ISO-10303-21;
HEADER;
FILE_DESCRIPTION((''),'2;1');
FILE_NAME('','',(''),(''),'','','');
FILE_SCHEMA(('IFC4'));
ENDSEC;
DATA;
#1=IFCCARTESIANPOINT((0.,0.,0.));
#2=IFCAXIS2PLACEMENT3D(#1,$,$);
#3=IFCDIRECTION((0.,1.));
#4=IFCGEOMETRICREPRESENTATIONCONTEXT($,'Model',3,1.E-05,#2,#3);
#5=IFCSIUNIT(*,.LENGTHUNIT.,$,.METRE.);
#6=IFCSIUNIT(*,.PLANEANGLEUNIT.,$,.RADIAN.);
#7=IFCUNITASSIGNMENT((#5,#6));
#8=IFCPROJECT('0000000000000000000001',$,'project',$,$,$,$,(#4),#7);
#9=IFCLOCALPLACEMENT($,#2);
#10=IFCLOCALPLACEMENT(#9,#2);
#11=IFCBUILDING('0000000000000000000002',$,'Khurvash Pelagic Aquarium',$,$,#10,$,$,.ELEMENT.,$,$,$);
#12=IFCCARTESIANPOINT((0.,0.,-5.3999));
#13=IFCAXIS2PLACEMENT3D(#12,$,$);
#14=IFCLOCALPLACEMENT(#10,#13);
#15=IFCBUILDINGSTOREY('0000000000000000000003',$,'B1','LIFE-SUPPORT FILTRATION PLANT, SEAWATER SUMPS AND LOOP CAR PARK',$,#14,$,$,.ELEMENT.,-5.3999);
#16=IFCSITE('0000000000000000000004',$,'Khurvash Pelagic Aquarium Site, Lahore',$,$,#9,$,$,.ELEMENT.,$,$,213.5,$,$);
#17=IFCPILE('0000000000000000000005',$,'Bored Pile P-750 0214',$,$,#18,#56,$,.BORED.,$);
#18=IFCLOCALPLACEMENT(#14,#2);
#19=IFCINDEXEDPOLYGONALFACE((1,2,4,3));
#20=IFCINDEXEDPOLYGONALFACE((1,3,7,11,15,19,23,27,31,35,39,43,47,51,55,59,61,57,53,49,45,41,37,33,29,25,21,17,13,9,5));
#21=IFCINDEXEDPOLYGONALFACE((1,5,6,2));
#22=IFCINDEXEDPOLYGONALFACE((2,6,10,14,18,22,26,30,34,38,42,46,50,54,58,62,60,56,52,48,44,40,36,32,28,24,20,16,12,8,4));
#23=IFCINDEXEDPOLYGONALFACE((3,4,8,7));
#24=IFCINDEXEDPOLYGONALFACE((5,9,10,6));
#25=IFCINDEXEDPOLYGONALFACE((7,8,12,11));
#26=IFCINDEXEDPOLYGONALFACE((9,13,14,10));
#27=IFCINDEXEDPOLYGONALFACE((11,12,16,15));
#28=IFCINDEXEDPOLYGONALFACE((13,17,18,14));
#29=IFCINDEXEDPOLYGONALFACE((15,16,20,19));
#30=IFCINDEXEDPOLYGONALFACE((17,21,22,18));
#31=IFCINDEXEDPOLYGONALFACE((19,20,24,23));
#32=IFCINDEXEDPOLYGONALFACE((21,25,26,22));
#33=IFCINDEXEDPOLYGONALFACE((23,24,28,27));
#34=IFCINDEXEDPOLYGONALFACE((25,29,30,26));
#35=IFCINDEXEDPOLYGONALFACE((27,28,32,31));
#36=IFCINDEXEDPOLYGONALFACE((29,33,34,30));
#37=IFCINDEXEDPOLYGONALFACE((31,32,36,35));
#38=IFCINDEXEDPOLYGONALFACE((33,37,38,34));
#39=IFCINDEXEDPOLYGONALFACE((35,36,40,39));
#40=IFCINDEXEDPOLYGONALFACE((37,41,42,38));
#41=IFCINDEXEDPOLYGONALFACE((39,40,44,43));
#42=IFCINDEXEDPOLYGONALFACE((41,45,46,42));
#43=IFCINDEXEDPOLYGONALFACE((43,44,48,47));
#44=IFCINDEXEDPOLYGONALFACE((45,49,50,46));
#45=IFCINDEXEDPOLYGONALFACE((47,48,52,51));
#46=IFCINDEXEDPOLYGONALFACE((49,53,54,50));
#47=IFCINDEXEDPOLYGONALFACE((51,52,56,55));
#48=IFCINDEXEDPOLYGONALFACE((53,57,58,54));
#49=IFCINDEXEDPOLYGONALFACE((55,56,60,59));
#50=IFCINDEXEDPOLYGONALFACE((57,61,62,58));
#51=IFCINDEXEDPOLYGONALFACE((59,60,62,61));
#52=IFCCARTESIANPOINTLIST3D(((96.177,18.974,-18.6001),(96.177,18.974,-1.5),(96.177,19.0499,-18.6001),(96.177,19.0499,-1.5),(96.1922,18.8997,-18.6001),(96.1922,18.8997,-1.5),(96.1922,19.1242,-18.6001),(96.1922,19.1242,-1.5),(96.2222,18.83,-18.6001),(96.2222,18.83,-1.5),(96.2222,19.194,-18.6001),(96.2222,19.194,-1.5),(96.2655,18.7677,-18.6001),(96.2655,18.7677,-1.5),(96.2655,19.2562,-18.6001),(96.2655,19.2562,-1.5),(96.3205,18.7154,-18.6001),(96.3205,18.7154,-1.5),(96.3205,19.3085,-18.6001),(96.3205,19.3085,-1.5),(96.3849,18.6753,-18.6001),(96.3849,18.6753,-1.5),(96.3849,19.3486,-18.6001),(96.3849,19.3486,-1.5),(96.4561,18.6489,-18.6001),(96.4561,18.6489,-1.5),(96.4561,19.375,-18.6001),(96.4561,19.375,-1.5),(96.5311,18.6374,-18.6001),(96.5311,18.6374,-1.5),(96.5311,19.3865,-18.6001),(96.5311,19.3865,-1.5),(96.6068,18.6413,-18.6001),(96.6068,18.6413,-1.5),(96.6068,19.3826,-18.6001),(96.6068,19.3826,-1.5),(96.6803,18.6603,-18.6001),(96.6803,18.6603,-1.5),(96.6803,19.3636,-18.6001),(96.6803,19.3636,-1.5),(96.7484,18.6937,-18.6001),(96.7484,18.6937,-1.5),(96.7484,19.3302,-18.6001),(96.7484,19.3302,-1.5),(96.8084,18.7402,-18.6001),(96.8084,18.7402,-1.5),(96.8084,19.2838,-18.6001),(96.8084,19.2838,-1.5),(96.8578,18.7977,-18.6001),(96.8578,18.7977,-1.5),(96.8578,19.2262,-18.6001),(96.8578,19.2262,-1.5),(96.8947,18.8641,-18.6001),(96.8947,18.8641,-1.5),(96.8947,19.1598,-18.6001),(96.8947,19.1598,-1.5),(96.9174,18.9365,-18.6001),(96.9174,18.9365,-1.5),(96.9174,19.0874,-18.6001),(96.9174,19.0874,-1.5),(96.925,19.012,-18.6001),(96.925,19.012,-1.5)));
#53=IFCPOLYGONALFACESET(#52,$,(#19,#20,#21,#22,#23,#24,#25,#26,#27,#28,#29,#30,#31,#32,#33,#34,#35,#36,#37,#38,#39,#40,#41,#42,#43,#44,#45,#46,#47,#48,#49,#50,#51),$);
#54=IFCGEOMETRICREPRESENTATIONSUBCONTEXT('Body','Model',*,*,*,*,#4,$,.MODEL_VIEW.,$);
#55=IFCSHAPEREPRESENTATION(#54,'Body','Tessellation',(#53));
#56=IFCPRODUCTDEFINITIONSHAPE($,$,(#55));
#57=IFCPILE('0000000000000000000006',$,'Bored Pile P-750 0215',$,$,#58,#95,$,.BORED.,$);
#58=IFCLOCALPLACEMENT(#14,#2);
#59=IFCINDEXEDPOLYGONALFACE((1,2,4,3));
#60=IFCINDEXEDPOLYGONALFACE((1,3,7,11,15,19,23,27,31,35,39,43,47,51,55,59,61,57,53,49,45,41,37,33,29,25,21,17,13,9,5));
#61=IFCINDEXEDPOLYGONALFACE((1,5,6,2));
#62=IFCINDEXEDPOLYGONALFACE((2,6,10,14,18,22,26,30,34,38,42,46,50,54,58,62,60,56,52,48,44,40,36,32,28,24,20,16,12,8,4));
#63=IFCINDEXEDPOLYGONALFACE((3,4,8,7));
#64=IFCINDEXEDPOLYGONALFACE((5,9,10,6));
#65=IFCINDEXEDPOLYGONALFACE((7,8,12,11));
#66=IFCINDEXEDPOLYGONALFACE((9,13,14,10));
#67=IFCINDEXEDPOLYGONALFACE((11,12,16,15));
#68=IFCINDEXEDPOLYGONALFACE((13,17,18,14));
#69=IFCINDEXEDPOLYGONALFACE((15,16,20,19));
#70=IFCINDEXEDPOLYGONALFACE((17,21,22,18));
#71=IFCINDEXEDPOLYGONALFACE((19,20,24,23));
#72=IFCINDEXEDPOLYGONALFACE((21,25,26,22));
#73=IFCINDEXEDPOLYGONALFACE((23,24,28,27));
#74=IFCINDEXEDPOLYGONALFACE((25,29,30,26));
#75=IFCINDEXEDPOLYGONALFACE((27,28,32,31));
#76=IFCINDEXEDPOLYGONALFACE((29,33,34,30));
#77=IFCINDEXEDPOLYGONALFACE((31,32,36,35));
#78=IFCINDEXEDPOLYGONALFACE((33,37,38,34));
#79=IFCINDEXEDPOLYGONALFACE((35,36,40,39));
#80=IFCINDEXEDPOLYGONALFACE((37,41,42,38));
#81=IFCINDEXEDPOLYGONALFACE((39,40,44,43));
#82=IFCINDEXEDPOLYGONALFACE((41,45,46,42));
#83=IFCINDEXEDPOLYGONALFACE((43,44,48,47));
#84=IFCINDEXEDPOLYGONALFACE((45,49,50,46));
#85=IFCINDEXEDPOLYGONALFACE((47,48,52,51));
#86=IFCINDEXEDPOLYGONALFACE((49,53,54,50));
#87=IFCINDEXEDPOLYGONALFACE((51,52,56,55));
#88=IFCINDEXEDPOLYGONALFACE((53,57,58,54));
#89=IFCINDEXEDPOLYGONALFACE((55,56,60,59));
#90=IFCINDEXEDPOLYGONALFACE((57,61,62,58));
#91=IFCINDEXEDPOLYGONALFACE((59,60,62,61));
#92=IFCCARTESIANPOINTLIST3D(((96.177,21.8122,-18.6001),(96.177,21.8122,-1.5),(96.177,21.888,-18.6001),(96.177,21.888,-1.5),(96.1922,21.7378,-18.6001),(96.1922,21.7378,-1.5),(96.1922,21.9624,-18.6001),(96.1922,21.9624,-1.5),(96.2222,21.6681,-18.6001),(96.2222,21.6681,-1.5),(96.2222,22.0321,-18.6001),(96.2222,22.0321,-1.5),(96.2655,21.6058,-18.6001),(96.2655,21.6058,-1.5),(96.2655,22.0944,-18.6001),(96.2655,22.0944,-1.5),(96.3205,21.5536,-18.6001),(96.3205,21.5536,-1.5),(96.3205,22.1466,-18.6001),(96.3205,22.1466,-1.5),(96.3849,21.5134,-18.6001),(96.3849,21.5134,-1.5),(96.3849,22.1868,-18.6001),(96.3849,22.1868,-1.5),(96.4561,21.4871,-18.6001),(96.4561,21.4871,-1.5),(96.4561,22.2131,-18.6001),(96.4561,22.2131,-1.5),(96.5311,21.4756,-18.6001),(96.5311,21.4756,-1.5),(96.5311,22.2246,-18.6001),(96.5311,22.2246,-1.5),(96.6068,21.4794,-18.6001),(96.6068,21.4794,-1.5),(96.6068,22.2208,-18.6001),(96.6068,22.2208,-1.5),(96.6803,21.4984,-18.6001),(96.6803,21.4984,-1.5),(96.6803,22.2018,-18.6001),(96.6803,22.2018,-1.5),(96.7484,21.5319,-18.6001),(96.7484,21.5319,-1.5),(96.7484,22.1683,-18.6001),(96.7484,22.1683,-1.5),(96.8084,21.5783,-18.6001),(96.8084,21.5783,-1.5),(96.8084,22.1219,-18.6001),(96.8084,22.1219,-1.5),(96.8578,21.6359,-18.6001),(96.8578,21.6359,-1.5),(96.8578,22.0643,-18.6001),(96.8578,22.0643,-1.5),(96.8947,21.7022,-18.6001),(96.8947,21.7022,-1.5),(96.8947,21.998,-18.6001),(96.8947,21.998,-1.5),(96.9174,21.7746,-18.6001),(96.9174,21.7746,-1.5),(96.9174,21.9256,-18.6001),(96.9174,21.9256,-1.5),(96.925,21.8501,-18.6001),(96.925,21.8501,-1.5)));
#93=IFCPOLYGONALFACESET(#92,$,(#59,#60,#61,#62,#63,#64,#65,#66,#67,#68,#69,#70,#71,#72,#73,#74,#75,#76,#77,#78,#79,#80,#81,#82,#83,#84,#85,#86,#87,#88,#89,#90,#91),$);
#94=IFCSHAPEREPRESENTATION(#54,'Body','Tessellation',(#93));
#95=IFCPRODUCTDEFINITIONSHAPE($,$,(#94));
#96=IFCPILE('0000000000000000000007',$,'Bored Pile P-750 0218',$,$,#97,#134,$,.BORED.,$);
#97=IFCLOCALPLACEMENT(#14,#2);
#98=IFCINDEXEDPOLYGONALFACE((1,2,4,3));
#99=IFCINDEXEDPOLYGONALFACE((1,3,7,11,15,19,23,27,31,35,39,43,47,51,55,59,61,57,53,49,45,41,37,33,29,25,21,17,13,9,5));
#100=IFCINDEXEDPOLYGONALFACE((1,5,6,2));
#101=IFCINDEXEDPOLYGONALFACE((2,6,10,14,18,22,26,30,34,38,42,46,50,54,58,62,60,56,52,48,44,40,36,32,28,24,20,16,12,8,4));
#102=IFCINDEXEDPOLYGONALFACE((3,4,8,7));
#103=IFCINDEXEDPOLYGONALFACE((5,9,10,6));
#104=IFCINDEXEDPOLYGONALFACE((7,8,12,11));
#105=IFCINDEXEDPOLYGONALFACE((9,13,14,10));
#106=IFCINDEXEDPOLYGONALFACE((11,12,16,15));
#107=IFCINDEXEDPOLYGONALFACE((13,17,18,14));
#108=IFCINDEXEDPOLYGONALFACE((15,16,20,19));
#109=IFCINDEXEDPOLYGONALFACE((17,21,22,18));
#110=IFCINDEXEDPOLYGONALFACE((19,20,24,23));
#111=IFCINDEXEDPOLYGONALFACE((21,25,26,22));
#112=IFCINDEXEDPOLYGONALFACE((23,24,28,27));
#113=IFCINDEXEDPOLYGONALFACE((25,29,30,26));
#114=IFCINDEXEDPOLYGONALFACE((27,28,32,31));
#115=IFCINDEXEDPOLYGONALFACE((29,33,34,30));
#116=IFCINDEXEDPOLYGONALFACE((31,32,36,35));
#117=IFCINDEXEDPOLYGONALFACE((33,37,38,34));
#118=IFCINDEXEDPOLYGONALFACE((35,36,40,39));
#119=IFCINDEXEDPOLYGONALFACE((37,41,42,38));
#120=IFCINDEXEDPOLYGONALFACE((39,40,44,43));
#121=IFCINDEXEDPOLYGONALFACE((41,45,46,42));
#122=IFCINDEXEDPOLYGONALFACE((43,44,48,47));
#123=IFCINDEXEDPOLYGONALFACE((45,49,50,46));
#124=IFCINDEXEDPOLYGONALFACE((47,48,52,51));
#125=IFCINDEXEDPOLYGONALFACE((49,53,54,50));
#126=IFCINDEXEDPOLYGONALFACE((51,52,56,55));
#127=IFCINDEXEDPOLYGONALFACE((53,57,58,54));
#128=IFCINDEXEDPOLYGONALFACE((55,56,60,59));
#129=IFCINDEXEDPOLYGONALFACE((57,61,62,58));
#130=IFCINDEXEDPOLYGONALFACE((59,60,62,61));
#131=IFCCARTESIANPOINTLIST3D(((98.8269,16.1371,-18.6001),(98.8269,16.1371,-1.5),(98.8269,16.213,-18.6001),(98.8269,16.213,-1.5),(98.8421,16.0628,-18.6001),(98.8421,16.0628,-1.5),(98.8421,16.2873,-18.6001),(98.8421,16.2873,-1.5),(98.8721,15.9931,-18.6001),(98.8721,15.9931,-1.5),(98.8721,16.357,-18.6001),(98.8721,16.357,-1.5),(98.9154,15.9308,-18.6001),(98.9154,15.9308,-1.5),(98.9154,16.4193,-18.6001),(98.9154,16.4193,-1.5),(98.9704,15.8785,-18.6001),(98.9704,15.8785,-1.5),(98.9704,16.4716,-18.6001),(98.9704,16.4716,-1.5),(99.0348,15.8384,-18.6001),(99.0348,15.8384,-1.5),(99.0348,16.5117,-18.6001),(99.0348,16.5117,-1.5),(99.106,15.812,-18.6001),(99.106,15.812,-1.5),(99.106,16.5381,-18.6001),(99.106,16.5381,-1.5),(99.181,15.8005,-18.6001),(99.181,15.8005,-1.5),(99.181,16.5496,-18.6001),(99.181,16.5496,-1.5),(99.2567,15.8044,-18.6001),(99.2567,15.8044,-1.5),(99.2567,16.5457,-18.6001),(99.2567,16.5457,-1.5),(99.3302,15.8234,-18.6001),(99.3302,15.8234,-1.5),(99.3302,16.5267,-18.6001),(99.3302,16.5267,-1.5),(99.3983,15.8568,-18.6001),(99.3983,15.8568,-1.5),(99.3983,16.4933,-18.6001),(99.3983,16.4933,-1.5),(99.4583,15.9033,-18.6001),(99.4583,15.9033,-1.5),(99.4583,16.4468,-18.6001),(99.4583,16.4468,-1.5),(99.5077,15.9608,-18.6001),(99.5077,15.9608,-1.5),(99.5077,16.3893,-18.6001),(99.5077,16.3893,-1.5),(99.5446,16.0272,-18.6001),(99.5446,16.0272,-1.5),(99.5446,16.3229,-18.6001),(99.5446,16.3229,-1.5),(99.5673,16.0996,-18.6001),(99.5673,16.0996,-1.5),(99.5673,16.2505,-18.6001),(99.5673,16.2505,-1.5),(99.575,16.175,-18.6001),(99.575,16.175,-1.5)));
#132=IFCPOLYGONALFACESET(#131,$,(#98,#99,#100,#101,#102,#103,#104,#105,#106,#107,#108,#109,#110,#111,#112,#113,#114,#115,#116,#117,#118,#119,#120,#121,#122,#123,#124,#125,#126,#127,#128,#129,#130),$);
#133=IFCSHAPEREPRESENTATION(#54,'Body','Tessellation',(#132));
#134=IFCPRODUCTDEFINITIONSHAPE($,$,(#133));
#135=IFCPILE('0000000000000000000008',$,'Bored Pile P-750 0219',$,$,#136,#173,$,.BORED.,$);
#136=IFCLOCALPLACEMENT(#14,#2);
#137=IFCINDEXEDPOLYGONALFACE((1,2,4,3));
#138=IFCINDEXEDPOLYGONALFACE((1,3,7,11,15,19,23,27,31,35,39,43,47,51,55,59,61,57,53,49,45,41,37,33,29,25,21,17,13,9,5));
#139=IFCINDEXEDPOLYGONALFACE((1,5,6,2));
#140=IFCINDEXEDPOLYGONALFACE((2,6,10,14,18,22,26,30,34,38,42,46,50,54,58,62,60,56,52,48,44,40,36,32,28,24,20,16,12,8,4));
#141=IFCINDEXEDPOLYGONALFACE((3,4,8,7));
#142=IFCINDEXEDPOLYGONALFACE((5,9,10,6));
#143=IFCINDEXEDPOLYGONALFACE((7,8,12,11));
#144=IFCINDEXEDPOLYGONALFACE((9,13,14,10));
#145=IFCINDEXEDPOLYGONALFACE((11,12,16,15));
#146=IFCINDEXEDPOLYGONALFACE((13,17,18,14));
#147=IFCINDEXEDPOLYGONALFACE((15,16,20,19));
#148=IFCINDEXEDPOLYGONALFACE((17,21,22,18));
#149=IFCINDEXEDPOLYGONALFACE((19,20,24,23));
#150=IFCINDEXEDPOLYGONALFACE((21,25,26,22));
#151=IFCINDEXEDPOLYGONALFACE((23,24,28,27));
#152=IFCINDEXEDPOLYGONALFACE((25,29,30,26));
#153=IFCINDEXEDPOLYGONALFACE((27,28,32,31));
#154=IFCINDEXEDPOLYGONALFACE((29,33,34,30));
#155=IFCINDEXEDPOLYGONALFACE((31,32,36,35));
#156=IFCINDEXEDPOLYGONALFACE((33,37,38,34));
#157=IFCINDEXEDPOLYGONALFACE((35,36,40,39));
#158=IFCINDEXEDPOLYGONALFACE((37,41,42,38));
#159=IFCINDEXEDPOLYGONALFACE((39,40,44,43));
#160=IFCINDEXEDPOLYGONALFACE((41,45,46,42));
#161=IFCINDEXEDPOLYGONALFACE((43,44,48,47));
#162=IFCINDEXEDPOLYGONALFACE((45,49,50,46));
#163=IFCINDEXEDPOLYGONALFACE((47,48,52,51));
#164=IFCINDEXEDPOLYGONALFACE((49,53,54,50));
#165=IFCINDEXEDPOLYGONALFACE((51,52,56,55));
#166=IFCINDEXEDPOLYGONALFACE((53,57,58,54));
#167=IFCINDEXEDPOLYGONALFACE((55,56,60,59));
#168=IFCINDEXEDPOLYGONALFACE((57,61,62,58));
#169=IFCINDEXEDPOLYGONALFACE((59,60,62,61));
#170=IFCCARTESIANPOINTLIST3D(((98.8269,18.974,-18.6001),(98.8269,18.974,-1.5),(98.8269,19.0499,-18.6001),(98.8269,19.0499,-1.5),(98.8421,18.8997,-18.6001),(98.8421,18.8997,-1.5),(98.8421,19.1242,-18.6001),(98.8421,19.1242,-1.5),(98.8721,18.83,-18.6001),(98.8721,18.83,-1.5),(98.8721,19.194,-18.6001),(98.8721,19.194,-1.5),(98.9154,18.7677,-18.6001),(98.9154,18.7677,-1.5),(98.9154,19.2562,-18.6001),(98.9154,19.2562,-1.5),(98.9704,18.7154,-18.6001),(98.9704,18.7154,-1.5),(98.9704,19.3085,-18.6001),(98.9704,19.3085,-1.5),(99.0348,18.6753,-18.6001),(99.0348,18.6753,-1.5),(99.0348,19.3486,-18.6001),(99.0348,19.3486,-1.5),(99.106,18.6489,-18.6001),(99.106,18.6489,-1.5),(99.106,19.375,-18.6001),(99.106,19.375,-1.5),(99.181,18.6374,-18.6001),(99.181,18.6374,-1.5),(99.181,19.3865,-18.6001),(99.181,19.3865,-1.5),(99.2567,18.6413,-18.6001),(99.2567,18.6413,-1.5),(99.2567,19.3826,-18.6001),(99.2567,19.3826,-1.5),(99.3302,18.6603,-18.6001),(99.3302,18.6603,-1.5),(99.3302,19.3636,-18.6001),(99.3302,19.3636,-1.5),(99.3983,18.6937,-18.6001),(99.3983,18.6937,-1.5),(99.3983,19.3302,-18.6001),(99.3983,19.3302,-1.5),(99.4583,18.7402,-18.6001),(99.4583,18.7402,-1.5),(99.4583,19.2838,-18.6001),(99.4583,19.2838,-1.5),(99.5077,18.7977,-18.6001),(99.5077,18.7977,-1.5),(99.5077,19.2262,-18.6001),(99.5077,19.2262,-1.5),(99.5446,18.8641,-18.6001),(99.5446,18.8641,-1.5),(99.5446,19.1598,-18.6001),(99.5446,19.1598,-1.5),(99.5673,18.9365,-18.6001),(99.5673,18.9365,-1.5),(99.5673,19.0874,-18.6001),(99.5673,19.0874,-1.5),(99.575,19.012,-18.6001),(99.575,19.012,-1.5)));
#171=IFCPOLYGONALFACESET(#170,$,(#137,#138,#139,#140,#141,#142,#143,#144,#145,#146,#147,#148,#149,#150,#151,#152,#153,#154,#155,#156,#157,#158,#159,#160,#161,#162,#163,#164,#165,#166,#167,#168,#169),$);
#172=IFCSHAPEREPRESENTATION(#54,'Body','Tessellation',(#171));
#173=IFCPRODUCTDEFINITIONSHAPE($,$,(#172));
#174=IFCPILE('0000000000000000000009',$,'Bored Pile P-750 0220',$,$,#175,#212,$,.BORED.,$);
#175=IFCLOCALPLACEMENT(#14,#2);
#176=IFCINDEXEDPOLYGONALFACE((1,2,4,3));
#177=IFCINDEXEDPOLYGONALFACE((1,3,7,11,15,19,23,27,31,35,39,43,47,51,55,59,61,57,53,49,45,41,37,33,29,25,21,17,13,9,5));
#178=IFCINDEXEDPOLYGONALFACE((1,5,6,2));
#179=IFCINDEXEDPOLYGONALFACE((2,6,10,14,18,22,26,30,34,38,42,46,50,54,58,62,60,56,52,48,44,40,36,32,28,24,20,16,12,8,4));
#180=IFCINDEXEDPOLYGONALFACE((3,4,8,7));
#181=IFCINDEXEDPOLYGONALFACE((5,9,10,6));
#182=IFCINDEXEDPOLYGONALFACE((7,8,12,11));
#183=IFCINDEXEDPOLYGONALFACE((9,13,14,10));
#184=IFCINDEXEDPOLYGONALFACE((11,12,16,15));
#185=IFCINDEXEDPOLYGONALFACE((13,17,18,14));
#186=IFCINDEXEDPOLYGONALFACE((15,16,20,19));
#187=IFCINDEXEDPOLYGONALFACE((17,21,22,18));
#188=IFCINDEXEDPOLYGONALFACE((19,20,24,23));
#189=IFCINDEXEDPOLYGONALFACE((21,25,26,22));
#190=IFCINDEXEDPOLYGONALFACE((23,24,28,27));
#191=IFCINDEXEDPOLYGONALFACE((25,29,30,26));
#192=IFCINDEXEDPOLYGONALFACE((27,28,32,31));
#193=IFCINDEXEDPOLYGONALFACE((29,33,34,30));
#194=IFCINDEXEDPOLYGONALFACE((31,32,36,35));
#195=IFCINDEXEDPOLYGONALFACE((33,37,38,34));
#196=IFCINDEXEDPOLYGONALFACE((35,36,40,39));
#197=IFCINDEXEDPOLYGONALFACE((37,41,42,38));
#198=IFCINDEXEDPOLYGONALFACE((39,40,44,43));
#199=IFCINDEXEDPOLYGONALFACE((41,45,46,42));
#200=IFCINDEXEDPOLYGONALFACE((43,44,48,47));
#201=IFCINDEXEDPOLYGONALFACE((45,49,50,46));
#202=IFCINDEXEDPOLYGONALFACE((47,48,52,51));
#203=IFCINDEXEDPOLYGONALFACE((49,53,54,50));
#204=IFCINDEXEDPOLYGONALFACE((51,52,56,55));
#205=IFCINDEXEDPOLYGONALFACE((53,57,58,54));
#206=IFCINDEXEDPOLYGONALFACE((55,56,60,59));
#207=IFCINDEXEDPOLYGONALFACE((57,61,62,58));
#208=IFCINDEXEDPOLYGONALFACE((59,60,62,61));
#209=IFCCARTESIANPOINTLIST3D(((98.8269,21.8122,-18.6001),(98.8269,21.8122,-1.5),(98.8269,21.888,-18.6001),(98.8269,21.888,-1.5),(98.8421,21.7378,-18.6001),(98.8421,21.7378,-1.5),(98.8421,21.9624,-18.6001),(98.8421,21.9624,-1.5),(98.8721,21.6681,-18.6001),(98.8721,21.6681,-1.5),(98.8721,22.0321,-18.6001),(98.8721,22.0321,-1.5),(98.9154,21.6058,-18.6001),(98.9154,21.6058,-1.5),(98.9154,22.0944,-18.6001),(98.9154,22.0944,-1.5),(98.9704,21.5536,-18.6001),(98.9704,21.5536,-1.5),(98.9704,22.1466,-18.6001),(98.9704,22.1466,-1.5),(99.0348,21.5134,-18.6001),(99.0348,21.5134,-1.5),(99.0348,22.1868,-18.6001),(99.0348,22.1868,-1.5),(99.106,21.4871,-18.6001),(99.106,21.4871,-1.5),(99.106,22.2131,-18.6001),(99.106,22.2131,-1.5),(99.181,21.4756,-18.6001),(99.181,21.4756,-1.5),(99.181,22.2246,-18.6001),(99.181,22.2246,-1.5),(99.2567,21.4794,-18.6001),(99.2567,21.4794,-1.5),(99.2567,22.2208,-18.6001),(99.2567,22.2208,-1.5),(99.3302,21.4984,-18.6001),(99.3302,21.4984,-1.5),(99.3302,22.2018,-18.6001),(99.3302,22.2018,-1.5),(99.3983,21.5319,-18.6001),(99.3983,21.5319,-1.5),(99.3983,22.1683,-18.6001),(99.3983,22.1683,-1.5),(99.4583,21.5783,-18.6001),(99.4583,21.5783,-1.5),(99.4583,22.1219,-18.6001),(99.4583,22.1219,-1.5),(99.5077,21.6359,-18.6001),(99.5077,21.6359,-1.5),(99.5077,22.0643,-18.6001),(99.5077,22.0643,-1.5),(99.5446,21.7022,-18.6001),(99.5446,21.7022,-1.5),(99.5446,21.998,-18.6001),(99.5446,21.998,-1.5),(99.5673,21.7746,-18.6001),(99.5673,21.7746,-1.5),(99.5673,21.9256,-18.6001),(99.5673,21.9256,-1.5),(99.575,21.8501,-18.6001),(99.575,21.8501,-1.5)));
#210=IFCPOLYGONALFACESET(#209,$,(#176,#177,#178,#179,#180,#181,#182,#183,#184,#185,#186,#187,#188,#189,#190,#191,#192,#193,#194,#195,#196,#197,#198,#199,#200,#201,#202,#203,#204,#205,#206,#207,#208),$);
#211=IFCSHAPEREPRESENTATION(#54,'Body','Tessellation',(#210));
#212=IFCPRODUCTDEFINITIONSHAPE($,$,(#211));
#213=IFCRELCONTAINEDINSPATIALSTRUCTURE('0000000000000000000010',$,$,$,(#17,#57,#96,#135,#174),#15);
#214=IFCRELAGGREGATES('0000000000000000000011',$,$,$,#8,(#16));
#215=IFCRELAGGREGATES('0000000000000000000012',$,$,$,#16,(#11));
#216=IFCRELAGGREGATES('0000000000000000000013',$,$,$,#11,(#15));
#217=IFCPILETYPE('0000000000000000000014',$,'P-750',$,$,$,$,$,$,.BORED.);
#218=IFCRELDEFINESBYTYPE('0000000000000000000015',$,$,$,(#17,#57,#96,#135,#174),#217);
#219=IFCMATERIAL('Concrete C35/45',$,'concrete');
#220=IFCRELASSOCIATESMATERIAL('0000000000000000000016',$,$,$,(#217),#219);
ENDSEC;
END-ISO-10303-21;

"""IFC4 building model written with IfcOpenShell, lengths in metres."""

from ifc_helpers import new_model, si_unit, direction, frame, origin, origin_2d, place, context, subcontext, project, spatial, circle, extrude, material, material_profile, profile_set, type_object, element, save


model = new_model("IFC4")

# Units and contexts
model_context = context("Model", 3, precision=1e-05, world=origin(), true_north=direction((0.0, 1.0)))
body_context = subcontext(model_context, "Body", "Model", "MODEL_VIEW")
ifc_project = project(units=[si_unit("LENGTHUNIT", "METRE"), si_unit("PLANEANGLEUNIT", "RADIAN")], contexts=[model_context])

# Site, building, storey
site_placement = place(None, origin())
site = spatial("IfcSite", under=ifc_project, at=site_placement, Name="Khurvash Pelagic Aquarium Site, Lahore", CompositionType="ELEMENT", RefElevation=213.5)
building_placement = place(site_placement, origin())
building = spatial("IfcBuilding", under=site, at=building_placement, Name="Khurvash Pelagic Aquarium", CompositionType="ELEMENT")
storey_placement = place(building_placement, frame((0.0, 0.0, -5.3999)))
storey = spatial("IfcBuildingStorey", under=building, at=storey_placement, Name="B1", Description="LIFE-SUPPORT FILTRATION PLANT, SEAWATER SUMPS AND LOOP CAR PARK", CompositionType="ELEMENT", Elevation=-5.3999)

# Shared definitions
ifc_material_1 = material(Name="Concrete C35/45", Category="concrete")

# Piles
ifc_material_profile_1 = material_profile(ifc_material_1, circle(Radius=0.375, at=origin_2d()), Name="PILE750")
ifc_profile_set_1 = profile_set([ifc_material_profile_1], Name="Concrete C35/45")
pile_type = type_object("IfcPileType", Name="P-750", PredefinedType="BORED", material=ifc_profile_set_1)
for number, where, z_axis, x_axis, name in (
    (1, (96.55, 19.012, -1.5), (0.0, 0.0, -1.0), (1.0, 0.0, 0.0), "Bored Pile P-750 0214"),
    (2, (96.55, 21.8501, -1.5), (0.0, 0.0, -1.0), (1.0, 0.0, 0.0), "Bored Pile P-750 0215"),
    (3, (99.2, 16.175, -1.5), (0.0, 0.0, -1.0), (1.0, 0.0, 0.0), "Bored Pile P-750 0218"),
    (4, (99.2, 19.012, -1.5), (0.0, 0.0, -1.0), (1.0, 0.0, 0.0), "Bored Pile P-750 0219"),
    (5, (99.2, 21.8501, -1.5), (0.0, 0.0, -1.0), (1.0, 0.0, 0.0), "Bored Pile P-750 0220"),
):
    element("IfcPile", number, at=place(storey_placement, frame(where, z_axis=z_axis, x_axis=x_axis)), inside=storey, type_object=pile_type, Name=name, PredefinedType="BORED", context=body_context, shape_type="SweptSolid", body=[
        extrude(circle(Radius=0.375, at=origin_2d()), origin(), (0.0, 0.0, 1.0), 17.1001),
    ])

save(model, "model.ifc")
